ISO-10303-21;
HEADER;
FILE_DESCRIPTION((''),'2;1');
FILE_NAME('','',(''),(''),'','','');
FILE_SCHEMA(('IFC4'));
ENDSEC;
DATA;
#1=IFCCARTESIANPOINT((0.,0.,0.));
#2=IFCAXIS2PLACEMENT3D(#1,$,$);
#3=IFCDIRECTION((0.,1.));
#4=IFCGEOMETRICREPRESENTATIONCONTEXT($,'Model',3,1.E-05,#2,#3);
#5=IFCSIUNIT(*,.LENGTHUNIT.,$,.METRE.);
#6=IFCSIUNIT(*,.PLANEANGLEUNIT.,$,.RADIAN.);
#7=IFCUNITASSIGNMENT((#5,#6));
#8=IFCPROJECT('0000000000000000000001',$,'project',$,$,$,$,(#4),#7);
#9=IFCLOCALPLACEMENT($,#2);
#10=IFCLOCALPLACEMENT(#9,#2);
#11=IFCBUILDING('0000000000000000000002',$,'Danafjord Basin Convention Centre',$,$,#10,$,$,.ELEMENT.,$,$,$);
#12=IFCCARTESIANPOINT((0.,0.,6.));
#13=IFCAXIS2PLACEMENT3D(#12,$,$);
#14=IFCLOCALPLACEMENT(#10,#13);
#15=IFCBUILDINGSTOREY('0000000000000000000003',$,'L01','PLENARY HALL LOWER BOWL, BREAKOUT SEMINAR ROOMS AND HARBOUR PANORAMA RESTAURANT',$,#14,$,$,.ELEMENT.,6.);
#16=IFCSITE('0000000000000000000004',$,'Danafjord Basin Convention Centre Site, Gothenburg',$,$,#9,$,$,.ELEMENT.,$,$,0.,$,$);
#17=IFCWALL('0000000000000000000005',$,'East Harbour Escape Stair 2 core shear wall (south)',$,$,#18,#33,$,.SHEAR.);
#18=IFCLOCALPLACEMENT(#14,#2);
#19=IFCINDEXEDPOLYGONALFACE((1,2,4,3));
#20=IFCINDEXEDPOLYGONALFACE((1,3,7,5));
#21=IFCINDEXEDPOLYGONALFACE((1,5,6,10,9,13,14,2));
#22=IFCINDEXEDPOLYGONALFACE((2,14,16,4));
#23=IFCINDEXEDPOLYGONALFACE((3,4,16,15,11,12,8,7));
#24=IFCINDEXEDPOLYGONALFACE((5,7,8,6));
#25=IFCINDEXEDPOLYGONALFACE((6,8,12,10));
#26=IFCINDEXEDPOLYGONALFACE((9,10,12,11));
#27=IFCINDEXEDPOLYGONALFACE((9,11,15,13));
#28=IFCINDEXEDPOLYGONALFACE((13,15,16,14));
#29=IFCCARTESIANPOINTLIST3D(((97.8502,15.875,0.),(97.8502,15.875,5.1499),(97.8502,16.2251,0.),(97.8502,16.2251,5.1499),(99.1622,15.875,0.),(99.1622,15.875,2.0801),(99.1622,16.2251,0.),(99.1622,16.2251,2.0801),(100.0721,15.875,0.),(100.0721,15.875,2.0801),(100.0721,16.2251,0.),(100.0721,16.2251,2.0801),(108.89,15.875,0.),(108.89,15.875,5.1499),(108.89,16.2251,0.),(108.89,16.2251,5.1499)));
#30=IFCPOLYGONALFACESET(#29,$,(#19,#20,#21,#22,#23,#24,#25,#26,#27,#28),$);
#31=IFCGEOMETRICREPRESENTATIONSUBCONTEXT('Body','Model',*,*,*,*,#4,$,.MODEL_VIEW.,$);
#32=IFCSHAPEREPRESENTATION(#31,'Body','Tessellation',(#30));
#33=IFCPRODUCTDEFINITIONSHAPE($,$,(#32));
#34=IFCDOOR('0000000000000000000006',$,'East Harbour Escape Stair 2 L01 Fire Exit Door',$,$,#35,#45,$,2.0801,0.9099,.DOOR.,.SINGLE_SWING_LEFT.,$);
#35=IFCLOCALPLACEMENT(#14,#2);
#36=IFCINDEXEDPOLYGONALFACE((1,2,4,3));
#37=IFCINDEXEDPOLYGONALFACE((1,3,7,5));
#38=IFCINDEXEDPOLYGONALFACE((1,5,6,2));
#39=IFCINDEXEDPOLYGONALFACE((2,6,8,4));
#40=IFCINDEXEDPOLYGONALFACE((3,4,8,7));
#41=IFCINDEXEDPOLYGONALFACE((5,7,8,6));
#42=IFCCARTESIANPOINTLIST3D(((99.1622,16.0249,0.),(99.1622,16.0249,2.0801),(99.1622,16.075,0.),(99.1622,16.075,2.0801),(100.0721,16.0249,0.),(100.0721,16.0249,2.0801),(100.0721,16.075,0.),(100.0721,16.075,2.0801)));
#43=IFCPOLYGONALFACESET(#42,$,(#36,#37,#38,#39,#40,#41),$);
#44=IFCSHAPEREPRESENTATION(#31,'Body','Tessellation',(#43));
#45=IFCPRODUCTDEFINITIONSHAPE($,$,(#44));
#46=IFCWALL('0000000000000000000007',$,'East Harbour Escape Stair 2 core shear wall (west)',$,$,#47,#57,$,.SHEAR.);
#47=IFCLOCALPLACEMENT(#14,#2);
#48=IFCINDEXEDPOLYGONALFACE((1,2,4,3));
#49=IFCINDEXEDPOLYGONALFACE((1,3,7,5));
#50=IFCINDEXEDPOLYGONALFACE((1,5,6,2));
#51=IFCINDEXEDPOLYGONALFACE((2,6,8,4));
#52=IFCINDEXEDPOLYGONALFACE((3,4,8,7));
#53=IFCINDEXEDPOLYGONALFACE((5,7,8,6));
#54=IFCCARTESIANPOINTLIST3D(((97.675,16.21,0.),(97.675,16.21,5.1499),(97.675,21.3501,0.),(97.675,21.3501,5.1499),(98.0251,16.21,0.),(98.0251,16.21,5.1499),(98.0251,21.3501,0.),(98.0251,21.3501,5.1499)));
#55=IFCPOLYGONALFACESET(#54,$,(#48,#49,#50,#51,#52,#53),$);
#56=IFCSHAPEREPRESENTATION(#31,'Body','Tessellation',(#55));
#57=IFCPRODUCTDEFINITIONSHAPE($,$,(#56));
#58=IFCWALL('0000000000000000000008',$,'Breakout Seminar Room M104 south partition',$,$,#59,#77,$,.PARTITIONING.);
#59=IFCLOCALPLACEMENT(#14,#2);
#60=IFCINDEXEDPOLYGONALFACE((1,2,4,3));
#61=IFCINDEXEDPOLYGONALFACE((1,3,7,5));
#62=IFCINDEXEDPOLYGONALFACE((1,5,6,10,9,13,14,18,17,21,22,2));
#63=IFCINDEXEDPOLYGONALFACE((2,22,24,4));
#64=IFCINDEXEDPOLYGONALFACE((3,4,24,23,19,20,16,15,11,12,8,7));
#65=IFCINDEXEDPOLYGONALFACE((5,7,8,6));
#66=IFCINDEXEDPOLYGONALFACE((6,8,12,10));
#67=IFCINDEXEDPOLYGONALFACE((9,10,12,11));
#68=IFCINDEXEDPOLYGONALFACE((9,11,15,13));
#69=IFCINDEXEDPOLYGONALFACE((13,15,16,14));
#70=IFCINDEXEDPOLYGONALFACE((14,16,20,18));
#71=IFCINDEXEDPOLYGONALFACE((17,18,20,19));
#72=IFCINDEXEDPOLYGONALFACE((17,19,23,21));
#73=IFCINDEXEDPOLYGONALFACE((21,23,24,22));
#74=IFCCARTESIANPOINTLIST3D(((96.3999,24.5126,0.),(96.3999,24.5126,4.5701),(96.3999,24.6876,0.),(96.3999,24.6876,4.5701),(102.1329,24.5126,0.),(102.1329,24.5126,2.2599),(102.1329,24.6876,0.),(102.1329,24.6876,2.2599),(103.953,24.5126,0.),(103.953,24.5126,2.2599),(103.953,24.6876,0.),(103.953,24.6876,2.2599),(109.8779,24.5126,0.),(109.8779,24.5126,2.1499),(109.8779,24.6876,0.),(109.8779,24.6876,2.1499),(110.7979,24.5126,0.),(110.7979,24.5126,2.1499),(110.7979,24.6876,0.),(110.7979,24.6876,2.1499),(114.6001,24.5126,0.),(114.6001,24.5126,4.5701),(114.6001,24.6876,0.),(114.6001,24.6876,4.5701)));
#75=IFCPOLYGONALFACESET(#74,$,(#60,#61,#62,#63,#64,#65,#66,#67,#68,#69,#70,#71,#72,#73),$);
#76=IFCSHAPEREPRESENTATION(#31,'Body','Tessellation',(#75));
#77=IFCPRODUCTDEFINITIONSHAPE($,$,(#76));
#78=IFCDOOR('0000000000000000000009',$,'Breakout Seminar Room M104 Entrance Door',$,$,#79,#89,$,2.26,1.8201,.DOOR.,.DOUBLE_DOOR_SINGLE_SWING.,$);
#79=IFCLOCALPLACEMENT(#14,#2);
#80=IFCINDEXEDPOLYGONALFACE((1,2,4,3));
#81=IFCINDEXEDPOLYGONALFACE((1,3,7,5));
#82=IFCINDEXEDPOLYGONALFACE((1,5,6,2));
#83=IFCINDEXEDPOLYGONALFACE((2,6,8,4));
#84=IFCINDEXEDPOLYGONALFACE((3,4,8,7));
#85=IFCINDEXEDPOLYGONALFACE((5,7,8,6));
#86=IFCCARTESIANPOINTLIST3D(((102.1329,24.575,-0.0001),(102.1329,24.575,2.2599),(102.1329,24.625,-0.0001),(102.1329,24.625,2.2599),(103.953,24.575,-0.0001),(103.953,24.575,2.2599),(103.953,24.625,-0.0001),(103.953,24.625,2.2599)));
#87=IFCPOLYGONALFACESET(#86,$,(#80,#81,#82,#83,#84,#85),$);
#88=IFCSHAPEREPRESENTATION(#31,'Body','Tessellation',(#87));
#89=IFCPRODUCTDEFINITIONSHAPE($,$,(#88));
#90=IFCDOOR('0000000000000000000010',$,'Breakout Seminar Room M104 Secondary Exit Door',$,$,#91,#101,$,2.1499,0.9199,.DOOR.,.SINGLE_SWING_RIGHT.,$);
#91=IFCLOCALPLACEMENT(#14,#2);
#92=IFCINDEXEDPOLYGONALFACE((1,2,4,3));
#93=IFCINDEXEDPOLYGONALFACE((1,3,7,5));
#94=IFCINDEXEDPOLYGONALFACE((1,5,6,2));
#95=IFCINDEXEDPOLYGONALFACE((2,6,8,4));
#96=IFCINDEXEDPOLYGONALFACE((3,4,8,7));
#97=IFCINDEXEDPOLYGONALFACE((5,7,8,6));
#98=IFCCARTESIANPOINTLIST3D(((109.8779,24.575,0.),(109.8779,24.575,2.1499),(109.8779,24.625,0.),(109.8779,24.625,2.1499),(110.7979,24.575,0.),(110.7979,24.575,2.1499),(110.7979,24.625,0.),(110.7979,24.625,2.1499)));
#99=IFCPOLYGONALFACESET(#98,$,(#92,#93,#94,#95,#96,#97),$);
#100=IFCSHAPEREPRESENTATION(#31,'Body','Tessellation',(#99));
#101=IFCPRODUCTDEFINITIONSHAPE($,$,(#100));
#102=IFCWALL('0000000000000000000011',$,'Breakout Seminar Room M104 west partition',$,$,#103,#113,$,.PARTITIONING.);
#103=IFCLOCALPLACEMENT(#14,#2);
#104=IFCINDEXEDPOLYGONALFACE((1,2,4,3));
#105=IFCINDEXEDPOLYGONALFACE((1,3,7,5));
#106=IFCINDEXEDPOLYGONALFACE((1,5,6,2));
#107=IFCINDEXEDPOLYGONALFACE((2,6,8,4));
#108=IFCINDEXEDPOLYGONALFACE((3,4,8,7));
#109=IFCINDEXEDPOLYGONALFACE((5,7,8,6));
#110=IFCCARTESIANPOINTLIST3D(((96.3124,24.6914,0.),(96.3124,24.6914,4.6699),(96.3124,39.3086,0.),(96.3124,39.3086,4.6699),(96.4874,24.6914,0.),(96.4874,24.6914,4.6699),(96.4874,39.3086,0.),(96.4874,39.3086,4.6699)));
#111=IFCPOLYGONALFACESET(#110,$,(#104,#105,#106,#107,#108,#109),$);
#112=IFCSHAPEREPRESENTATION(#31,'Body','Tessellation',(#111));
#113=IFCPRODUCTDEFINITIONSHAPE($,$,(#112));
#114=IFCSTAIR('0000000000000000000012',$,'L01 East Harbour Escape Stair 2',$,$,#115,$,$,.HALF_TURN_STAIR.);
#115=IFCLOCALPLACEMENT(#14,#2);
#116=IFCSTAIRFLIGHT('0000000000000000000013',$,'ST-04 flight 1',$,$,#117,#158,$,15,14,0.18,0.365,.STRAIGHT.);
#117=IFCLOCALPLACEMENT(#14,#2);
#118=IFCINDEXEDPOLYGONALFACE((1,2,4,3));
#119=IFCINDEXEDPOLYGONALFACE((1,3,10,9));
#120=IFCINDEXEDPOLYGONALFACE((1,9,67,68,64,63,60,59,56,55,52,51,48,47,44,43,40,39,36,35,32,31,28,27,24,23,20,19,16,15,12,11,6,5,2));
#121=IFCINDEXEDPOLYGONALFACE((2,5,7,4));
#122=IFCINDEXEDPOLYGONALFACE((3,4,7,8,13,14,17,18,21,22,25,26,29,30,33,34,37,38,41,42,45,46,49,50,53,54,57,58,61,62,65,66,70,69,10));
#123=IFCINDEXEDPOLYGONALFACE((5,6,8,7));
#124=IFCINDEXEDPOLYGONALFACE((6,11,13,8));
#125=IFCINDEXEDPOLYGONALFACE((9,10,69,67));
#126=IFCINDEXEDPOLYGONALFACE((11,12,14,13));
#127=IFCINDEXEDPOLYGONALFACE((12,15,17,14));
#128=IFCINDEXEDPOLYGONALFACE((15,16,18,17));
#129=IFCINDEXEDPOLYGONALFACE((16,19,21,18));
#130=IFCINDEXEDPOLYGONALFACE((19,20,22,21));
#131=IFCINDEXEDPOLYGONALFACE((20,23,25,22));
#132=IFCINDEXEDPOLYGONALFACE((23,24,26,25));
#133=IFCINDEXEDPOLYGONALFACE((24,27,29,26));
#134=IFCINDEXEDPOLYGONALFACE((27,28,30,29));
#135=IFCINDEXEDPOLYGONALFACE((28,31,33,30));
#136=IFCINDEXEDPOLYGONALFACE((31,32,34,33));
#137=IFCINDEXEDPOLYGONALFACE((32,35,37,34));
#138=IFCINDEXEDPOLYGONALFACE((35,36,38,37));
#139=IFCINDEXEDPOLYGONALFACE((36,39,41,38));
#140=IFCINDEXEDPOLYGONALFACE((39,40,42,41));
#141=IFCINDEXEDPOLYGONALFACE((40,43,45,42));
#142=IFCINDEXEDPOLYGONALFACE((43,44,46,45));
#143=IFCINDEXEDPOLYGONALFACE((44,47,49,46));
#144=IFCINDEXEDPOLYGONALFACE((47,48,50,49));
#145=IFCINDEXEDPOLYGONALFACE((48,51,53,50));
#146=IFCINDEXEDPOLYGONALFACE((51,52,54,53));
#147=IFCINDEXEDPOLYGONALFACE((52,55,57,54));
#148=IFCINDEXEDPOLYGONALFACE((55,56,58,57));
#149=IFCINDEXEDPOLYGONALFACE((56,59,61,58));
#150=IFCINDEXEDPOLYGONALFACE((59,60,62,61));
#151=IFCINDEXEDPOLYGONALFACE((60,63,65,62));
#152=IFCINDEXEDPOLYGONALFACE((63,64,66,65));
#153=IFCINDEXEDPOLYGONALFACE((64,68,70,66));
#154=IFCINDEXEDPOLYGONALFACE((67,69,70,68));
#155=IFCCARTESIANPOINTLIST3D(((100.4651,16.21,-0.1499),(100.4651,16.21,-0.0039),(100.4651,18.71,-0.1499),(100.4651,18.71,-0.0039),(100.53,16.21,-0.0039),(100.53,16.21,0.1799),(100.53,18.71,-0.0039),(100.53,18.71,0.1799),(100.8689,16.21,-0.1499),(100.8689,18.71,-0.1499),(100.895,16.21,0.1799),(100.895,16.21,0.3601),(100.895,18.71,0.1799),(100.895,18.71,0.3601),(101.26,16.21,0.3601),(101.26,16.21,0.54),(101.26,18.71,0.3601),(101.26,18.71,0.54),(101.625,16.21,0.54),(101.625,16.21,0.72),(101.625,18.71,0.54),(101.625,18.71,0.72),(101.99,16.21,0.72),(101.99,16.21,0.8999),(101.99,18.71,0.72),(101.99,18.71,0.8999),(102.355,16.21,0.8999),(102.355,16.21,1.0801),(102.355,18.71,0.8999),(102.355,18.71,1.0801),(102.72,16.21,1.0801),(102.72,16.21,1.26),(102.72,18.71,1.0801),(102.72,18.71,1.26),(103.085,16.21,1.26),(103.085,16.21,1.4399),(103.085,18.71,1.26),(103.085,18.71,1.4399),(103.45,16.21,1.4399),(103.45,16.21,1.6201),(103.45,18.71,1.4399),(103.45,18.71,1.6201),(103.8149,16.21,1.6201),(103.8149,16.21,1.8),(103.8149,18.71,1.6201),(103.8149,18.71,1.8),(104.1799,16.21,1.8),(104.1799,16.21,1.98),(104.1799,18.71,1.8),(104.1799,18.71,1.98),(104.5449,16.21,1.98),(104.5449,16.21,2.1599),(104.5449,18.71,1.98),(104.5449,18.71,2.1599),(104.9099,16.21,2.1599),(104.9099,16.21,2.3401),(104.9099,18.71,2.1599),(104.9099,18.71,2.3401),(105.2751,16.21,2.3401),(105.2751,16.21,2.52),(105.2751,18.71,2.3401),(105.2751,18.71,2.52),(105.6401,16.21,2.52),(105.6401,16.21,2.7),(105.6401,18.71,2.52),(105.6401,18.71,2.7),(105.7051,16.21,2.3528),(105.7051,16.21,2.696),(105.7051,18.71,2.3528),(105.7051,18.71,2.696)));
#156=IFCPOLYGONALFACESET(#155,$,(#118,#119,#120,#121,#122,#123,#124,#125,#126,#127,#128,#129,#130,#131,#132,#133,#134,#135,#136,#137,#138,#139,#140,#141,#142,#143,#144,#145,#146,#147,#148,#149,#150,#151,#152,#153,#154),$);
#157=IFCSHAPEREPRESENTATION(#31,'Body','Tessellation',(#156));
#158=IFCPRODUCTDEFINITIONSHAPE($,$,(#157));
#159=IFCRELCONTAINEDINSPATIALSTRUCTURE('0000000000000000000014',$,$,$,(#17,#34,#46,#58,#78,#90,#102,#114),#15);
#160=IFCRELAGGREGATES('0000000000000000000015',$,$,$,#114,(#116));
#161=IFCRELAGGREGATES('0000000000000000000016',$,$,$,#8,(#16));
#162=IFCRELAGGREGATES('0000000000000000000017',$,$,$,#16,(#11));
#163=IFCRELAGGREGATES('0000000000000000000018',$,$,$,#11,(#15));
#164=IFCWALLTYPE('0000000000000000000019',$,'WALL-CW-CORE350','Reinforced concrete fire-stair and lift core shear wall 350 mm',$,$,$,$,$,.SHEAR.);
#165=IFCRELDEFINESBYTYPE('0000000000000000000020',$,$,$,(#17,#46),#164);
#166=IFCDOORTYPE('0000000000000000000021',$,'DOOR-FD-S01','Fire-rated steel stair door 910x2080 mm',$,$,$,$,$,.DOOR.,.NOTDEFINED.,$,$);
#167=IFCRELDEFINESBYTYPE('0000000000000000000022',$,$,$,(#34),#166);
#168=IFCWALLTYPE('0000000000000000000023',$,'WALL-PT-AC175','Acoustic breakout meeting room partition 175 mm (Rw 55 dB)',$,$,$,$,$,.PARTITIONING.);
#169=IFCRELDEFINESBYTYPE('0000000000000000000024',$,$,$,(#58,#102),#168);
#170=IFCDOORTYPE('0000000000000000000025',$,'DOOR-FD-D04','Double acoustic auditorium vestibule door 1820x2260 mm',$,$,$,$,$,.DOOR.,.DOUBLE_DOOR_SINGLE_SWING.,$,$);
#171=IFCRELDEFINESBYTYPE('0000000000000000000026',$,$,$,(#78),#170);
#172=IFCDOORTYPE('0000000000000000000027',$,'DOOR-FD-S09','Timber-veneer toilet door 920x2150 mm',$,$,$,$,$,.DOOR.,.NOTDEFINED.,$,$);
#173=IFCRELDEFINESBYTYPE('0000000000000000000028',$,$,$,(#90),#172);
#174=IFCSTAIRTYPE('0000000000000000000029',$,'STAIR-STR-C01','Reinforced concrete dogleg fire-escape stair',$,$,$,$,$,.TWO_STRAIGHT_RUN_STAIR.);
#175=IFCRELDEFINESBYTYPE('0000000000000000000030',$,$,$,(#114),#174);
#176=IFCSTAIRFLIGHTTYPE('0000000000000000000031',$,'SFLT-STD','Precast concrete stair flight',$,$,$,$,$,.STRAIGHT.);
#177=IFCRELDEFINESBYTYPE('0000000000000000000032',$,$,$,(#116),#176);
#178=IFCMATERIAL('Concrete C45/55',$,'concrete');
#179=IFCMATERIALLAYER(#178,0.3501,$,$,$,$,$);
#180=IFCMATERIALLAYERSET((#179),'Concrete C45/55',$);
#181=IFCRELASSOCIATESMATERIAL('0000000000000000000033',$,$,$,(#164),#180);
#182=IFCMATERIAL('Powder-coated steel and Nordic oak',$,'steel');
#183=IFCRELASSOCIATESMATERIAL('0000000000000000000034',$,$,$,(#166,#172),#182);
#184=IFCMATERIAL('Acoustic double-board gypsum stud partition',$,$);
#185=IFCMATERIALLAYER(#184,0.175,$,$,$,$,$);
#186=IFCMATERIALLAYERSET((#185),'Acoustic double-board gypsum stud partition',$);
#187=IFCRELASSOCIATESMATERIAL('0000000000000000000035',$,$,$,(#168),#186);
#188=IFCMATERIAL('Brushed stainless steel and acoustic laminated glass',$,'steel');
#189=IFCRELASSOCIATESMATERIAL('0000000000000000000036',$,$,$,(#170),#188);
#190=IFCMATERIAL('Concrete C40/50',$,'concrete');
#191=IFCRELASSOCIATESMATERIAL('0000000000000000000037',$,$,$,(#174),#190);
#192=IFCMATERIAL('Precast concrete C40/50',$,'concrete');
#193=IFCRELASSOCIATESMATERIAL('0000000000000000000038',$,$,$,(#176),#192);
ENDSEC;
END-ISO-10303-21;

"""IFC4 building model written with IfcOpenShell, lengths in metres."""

from ifc_helpers import new_model, si_unit, direction, frame, frame_2d, origin, place, context, subcontext, project, spatial, polyline, rectangle, outline, extrude, material, layer, layer_set, type_object, element, fill, aggregate, save


model = new_model("IFC4")

# Units and contexts
model_context = context("Model", 3, precision=1e-05, world=origin(), true_north=direction((0.0, 1.0)))
body_context = subcontext(model_context, "Body", "Model", "MODEL_VIEW")
ifc_project = project(units=[si_unit("LENGTHUNIT", "METRE"), si_unit("PLANEANGLEUNIT", "RADIAN")], contexts=[model_context])

# Site, building, storey
site_placement = place(None, origin())
site = spatial("IfcSite", under=ifc_project, at=site_placement, Name="Danafjord Basin Convention Centre Site, Gothenburg", CompositionType="ELEMENT", RefElevation=0.0)
building_placement = place(site_placement, origin())
building = spatial("IfcBuilding", under=site, at=building_placement, Name="Danafjord Basin Convention Centre", CompositionType="ELEMENT")
storey_placement = place(building_placement, frame((0.0, 0.0, 6.0)))
storey = spatial("IfcBuildingStorey", under=building, at=storey_placement, Name="L01", Description="PLENARY HALL LOWER BOWL, BREAKOUT SEMINAR ROOMS AND HARBOUR PANORAMA RESTAURANT", CompositionType="ELEMENT", Elevation=6.0)

# Shared definitions
ifc_material_1 = material(Name="Concrete C40/50", Category="concrete")

# Wall, opening, door
ifc_material_2 = material(Name="Concrete C45/55", Category="concrete")
ifc_layer_1 = layer(ifc_material_2, 0.3501)
ifc_layer_set_1 = layer_set([ifc_layer_1], Name="Concrete C45/55")
wall_type_1 = type_object("IfcWallType", Name="WALL-CW-CORE350", Description="Reinforced concrete fire-stair and lift core shear wall 350 mm", PredefinedType="SHEAR", material=ifc_layer_set_1)
wall_1_placement = place(storey_placement, frame((97.8501, 16.05, 0.0), z_axis=(0.0, 0.0, 1.0), x_axis=(1.0, 0.0, 0.0)))
wall_1 = element("IfcWall", 1, at=wall_1_placement, inside=storey, type_object=wall_type_1, Name="East Harbour Escape Stair 2 core shear wall (south)", PredefinedType="SHEAR", context=body_context, shape_type="SweptSolid", body=[
    extrude(rectangle(XDim=11.0398, YDim=0.3501, at=frame_2d((5.52, 0.0))), origin(), (0.0, 0.0, 1.0), 5.1499),
])
opening_1_placement = place(wall_1_placement, frame((1.312, 0.0, 0.0)))
opening_1 = element("IfcOpeningElement", 2, at=opening_1_placement, cuts=wall_1, PredefinedType="OPENING", context=body_context, shape_type="SweptSolid", body=[
    extrude(rectangle(XDim=0.9099, YDim=2.0801, at=frame_2d((0.4551, 1.04))), frame((0.0, 0.1851, 0.0), z_axis=(0.0, -1.0, 0.0), x_axis=(1.0, 0.0, 0.0)), (0.0, 0.0, 1.0), 0.3701),
])
ifc_material_3 = material(Name="Powder-coated steel and Nordic oak", Category="steel")
door_type_1 = type_object("IfcDoorType", Name="DOOR-FD-S01", Description="Fire-rated steel stair door 910x2080 mm", OperationType="NOTDEFINED", PredefinedType="DOOR", material=ifc_material_3)
door_1_placement = place(opening_1_placement, origin())
door_1 = element("IfcDoor", 3, at=door_1_placement, inside=storey, type_object=door_type_1, Name="East Harbour Escape Stair 2 L01 Fire Exit Door", OperationType="SINGLE_SWING_LEFT", OverallHeight=2.0801, OverallWidth=0.9099, PredefinedType="DOOR", context=body_context, shape_type="SweptSolid", body=[
    extrude(rectangle(XDim=0.9099, YDim=2.0801, at=frame_2d((0.4551, 1.04))), frame((0.0, 0.0249, 0.0), z_axis=(0.0, -1.0, 0.0), x_axis=(1.0, 0.0, 0.0)), (0.0, 0.0, 1.0), 0.05),
])
fill(opening_1, door_1)

# Wall
wall_2_placement = place(storey_placement, frame((97.8501, 21.3501, 0.0), z_axis=(0.0, 0.0, 1.0), x_axis=(0.0, -1.0, 0.0)))
element("IfcWall", 4, at=wall_2_placement, inside=storey, type_object=wall_type_1, Name="East Harbour Escape Stair 2 core shear wall (west)", PredefinedType="SHEAR", context=body_context, shape_type="SweptSolid", body=[
    extrude(rectangle(XDim=5.1401, YDim=0.3501, at=frame_2d((2.5701, 0.0))), origin(), (0.0, 0.0, 1.0), 5.1499),
])

# Wall, openings, doors
ifc_material_4 = material(Name="Acoustic double-board gypsum stud partition")
ifc_layer_2 = layer(ifc_material_4, 0.175)
ifc_layer_set_2 = layer_set([ifc_layer_2], Name="Acoustic double-board gypsum stud partition")
wall_type_2 = type_object("IfcWallType", Name="WALL-PT-AC175", Description="Acoustic breakout meeting room partition 175 mm (Rw 55 dB)", PredefinedType="PARTITIONING", material=ifc_layer_set_2)
wall_3_placement = place(storey_placement, frame((96.3999, 24.6001, 0.0), z_axis=(0.0, 0.0, 1.0), x_axis=(1.0, 0.0, 0.0)))
wall_3 = element("IfcWall", 5, at=wall_3_placement, inside=storey, type_object=wall_type_2, Name="Breakout Seminar Room M104 south partition", PredefinedType="PARTITIONING", context=body_context, shape_type="SweptSolid", body=[
    extrude(rectangle(XDim=18.2002, YDim=0.175, at=frame_2d((9.1001, 0.0))), origin(), (0.0, 0.0, 1.0), 4.5701),
])
opening_2_placement = place(wall_3_placement, frame((5.7329, 0.0, 0.0)))
opening_2 = element("IfcOpeningElement", 6, at=opening_2_placement, cuts=wall_3, PredefinedType="OPENING", context=body_context, shape_type="SweptSolid", body=[
    extrude(rectangle(XDim=1.8201, YDim=2.26, at=frame_2d((0.9102, 1.1299))), frame((0.0, 0.0974, 0.0), z_axis=(0.0, -1.0, 0.0), x_axis=(1.0, 0.0, 0.0)), (0.0, 0.0, 1.0), 0.1951),
])
opening_3_placement = place(wall_3_placement, frame((13.478, 0.0, 0.0)))
opening_3 = element("IfcOpeningElement", 7, at=opening_3_placement, cuts=wall_3, PredefinedType="OPENING", context=body_context, shape_type="SweptSolid", body=[
    extrude(rectangle(XDim=0.9199, YDim=2.1499, at=frame_2d((0.46, 1.075))), frame((0.0, 0.0974, 0.0), z_axis=(0.0, -1.0, 0.0), x_axis=(1.0, 0.0, 0.0)), (0.0, 0.0, 1.0), 0.1951),
])
ifc_material_5 = material(Name="Brushed stainless steel and acoustic laminated glass", Category="steel")
door_type_2 = type_object("IfcDoorType", Name="DOOR-FD-D04", Description="Double acoustic auditorium vestibule door 1820x2260 mm", OperationType="DOUBLE_DOOR_SINGLE_SWING", PredefinedType="DOOR", material=ifc_material_5)
door_2_placement = place(opening_2_placement, origin())
door_2 = element("IfcDoor", 8, at=door_2_placement, inside=storey, type_object=door_type_2, Name="Breakout Seminar Room M104 Entrance Door", OperationType="DOUBLE_DOOR_SINGLE_SWING", OverallHeight=2.26, OverallWidth=1.8201, PredefinedType="DOOR", context=body_context, shape_type="SweptSolid", body=[
    extrude(rectangle(XDim=1.8201, YDim=2.26, at=frame_2d((0.9102, 1.1299))), frame((0.0, 0.0249, 0.0), z_axis=(0.0, -1.0, 0.0), x_axis=(1.0, 0.0, 0.0)), (0.0, 0.0, 1.0), 0.05),
])
fill(opening_2, door_2)
door_type_3 = type_object("IfcDoorType", Name="DOOR-FD-S09", Description="Timber-veneer toilet door 920x2150 mm", OperationType="NOTDEFINED", PredefinedType="DOOR", material=ifc_material_3)
door_3_placement = place(opening_3_placement, origin())
door_3 = element("IfcDoor", 9, at=door_3_placement, inside=storey, type_object=door_type_3, Name="Breakout Seminar Room M104 Secondary Exit Door", OperationType="SINGLE_SWING_RIGHT", OverallHeight=2.1499, OverallWidth=0.9199, PredefinedType="DOOR", context=body_context, shape_type="SweptSolid", body=[
    extrude(rectangle(XDim=0.9199, YDim=2.1499, at=frame_2d((0.46, 1.075))), frame((0.0, 0.0249, 0.0), z_axis=(0.0, -1.0, 0.0), x_axis=(1.0, 0.0, 0.0)), (0.0, 0.0, 1.0), 0.05),
])
fill(opening_3, door_3)

# Wall
wall_4_placement = place(storey_placement, frame((96.3999, 39.3086, 0.0), z_axis=(0.0, 0.0, 1.0), x_axis=(0.0, -1.0, 0.0)))
element("IfcWall", 10, at=wall_4_placement, inside=storey, type_object=wall_type_2, Name="Breakout Seminar Room M104 west partition", PredefinedType="PARTITIONING", context=body_context, shape_type="SweptSolid", body=[
    extrude(rectangle(XDim=14.6172, YDim=0.175, at=frame_2d((7.3086, 0.0))), origin(), (0.0, 0.0, 1.0), 4.6699),
])

# Stair, stair flight
stair_type = type_object("IfcStairType", Name="STAIR-STR-C01", Description="Reinforced concrete dogleg fire-escape stair", PredefinedType="TWO_STRAIGHT_RUN_STAIR", material=ifc_material_1)
stair_placement = place(storey_placement, origin())
stair = element("IfcStair", 11, at=stair_placement, inside=storey, type_object=stair_type, Name="L01 East Harbour Escape Stair 2", PredefinedType="HALF_TURN_STAIR")
ifc_material_6 = material(Name="Precast concrete C40/50", Category="concrete")
stair_flight_type = type_object("IfcStairFlightType", Name="SFLT-STD", Description="Precast concrete stair flight", PredefinedType="STRAIGHT", material=ifc_material_6)
stair_flight_placement = place(storey_placement, frame((100.53, 17.46, 0.0), z_axis=(0.0, 0.0, 1.0), x_axis=(1.0, 0.0, 0.0)))
stair_flight = element("IfcStairFlight", 12, at=stair_flight_placement, type_object=stair_flight_type, Name="ST-04 flight 1", NumberOfRisers=15, NumberOfTreads=14, PredefinedType="STRAIGHT", RiserHeight=0.18, TreadLength=0.365, context=body_context, shape_type="SweptSolid", body=[
    extrude(outline(polyline([(-0.0649, -0.1499), (-0.0649, -0.0039), (0.0, -0.0039), (0.0, 0.1799), (0.365, 0.1799), (0.365, 0.3601), (0.73, 0.3601), (0.73, 0.54), (1.095, 0.54), (1.095, 0.72), (1.46, 0.72), (1.46, 0.8999), (1.825, 0.8999), (1.825, 1.0801), (2.1899, 1.0801), (2.1899, 1.26), (2.5549, 1.26), (2.5549, 1.4399), (2.9199, 1.4399), (2.9199, 1.6201), (3.2849, 1.6201), (3.2849, 1.8), (3.6499, 1.8), (3.6499, 1.98), (4.0149, 1.98), (4.0149, 2.1599), (4.3799, 2.1599), (4.3799, 2.3401), (4.7451, 2.3401), (4.7451, 2.52), (5.1101, 2.52), (5.1101, 2.7), (5.175, 2.696), (5.175, 2.3528), (0.3389, -0.1499), (-0.0649, -0.1499)])), frame((0.0, 1.25, 0.0), z_axis=(0.0, -1.0, 0.0), x_axis=(1.0, 0.0, 0.0)), (0.0, 0.0, 1.0), 2.5),
])
aggregate(stair, [stair_flight])

save(model, "model.ifc")
